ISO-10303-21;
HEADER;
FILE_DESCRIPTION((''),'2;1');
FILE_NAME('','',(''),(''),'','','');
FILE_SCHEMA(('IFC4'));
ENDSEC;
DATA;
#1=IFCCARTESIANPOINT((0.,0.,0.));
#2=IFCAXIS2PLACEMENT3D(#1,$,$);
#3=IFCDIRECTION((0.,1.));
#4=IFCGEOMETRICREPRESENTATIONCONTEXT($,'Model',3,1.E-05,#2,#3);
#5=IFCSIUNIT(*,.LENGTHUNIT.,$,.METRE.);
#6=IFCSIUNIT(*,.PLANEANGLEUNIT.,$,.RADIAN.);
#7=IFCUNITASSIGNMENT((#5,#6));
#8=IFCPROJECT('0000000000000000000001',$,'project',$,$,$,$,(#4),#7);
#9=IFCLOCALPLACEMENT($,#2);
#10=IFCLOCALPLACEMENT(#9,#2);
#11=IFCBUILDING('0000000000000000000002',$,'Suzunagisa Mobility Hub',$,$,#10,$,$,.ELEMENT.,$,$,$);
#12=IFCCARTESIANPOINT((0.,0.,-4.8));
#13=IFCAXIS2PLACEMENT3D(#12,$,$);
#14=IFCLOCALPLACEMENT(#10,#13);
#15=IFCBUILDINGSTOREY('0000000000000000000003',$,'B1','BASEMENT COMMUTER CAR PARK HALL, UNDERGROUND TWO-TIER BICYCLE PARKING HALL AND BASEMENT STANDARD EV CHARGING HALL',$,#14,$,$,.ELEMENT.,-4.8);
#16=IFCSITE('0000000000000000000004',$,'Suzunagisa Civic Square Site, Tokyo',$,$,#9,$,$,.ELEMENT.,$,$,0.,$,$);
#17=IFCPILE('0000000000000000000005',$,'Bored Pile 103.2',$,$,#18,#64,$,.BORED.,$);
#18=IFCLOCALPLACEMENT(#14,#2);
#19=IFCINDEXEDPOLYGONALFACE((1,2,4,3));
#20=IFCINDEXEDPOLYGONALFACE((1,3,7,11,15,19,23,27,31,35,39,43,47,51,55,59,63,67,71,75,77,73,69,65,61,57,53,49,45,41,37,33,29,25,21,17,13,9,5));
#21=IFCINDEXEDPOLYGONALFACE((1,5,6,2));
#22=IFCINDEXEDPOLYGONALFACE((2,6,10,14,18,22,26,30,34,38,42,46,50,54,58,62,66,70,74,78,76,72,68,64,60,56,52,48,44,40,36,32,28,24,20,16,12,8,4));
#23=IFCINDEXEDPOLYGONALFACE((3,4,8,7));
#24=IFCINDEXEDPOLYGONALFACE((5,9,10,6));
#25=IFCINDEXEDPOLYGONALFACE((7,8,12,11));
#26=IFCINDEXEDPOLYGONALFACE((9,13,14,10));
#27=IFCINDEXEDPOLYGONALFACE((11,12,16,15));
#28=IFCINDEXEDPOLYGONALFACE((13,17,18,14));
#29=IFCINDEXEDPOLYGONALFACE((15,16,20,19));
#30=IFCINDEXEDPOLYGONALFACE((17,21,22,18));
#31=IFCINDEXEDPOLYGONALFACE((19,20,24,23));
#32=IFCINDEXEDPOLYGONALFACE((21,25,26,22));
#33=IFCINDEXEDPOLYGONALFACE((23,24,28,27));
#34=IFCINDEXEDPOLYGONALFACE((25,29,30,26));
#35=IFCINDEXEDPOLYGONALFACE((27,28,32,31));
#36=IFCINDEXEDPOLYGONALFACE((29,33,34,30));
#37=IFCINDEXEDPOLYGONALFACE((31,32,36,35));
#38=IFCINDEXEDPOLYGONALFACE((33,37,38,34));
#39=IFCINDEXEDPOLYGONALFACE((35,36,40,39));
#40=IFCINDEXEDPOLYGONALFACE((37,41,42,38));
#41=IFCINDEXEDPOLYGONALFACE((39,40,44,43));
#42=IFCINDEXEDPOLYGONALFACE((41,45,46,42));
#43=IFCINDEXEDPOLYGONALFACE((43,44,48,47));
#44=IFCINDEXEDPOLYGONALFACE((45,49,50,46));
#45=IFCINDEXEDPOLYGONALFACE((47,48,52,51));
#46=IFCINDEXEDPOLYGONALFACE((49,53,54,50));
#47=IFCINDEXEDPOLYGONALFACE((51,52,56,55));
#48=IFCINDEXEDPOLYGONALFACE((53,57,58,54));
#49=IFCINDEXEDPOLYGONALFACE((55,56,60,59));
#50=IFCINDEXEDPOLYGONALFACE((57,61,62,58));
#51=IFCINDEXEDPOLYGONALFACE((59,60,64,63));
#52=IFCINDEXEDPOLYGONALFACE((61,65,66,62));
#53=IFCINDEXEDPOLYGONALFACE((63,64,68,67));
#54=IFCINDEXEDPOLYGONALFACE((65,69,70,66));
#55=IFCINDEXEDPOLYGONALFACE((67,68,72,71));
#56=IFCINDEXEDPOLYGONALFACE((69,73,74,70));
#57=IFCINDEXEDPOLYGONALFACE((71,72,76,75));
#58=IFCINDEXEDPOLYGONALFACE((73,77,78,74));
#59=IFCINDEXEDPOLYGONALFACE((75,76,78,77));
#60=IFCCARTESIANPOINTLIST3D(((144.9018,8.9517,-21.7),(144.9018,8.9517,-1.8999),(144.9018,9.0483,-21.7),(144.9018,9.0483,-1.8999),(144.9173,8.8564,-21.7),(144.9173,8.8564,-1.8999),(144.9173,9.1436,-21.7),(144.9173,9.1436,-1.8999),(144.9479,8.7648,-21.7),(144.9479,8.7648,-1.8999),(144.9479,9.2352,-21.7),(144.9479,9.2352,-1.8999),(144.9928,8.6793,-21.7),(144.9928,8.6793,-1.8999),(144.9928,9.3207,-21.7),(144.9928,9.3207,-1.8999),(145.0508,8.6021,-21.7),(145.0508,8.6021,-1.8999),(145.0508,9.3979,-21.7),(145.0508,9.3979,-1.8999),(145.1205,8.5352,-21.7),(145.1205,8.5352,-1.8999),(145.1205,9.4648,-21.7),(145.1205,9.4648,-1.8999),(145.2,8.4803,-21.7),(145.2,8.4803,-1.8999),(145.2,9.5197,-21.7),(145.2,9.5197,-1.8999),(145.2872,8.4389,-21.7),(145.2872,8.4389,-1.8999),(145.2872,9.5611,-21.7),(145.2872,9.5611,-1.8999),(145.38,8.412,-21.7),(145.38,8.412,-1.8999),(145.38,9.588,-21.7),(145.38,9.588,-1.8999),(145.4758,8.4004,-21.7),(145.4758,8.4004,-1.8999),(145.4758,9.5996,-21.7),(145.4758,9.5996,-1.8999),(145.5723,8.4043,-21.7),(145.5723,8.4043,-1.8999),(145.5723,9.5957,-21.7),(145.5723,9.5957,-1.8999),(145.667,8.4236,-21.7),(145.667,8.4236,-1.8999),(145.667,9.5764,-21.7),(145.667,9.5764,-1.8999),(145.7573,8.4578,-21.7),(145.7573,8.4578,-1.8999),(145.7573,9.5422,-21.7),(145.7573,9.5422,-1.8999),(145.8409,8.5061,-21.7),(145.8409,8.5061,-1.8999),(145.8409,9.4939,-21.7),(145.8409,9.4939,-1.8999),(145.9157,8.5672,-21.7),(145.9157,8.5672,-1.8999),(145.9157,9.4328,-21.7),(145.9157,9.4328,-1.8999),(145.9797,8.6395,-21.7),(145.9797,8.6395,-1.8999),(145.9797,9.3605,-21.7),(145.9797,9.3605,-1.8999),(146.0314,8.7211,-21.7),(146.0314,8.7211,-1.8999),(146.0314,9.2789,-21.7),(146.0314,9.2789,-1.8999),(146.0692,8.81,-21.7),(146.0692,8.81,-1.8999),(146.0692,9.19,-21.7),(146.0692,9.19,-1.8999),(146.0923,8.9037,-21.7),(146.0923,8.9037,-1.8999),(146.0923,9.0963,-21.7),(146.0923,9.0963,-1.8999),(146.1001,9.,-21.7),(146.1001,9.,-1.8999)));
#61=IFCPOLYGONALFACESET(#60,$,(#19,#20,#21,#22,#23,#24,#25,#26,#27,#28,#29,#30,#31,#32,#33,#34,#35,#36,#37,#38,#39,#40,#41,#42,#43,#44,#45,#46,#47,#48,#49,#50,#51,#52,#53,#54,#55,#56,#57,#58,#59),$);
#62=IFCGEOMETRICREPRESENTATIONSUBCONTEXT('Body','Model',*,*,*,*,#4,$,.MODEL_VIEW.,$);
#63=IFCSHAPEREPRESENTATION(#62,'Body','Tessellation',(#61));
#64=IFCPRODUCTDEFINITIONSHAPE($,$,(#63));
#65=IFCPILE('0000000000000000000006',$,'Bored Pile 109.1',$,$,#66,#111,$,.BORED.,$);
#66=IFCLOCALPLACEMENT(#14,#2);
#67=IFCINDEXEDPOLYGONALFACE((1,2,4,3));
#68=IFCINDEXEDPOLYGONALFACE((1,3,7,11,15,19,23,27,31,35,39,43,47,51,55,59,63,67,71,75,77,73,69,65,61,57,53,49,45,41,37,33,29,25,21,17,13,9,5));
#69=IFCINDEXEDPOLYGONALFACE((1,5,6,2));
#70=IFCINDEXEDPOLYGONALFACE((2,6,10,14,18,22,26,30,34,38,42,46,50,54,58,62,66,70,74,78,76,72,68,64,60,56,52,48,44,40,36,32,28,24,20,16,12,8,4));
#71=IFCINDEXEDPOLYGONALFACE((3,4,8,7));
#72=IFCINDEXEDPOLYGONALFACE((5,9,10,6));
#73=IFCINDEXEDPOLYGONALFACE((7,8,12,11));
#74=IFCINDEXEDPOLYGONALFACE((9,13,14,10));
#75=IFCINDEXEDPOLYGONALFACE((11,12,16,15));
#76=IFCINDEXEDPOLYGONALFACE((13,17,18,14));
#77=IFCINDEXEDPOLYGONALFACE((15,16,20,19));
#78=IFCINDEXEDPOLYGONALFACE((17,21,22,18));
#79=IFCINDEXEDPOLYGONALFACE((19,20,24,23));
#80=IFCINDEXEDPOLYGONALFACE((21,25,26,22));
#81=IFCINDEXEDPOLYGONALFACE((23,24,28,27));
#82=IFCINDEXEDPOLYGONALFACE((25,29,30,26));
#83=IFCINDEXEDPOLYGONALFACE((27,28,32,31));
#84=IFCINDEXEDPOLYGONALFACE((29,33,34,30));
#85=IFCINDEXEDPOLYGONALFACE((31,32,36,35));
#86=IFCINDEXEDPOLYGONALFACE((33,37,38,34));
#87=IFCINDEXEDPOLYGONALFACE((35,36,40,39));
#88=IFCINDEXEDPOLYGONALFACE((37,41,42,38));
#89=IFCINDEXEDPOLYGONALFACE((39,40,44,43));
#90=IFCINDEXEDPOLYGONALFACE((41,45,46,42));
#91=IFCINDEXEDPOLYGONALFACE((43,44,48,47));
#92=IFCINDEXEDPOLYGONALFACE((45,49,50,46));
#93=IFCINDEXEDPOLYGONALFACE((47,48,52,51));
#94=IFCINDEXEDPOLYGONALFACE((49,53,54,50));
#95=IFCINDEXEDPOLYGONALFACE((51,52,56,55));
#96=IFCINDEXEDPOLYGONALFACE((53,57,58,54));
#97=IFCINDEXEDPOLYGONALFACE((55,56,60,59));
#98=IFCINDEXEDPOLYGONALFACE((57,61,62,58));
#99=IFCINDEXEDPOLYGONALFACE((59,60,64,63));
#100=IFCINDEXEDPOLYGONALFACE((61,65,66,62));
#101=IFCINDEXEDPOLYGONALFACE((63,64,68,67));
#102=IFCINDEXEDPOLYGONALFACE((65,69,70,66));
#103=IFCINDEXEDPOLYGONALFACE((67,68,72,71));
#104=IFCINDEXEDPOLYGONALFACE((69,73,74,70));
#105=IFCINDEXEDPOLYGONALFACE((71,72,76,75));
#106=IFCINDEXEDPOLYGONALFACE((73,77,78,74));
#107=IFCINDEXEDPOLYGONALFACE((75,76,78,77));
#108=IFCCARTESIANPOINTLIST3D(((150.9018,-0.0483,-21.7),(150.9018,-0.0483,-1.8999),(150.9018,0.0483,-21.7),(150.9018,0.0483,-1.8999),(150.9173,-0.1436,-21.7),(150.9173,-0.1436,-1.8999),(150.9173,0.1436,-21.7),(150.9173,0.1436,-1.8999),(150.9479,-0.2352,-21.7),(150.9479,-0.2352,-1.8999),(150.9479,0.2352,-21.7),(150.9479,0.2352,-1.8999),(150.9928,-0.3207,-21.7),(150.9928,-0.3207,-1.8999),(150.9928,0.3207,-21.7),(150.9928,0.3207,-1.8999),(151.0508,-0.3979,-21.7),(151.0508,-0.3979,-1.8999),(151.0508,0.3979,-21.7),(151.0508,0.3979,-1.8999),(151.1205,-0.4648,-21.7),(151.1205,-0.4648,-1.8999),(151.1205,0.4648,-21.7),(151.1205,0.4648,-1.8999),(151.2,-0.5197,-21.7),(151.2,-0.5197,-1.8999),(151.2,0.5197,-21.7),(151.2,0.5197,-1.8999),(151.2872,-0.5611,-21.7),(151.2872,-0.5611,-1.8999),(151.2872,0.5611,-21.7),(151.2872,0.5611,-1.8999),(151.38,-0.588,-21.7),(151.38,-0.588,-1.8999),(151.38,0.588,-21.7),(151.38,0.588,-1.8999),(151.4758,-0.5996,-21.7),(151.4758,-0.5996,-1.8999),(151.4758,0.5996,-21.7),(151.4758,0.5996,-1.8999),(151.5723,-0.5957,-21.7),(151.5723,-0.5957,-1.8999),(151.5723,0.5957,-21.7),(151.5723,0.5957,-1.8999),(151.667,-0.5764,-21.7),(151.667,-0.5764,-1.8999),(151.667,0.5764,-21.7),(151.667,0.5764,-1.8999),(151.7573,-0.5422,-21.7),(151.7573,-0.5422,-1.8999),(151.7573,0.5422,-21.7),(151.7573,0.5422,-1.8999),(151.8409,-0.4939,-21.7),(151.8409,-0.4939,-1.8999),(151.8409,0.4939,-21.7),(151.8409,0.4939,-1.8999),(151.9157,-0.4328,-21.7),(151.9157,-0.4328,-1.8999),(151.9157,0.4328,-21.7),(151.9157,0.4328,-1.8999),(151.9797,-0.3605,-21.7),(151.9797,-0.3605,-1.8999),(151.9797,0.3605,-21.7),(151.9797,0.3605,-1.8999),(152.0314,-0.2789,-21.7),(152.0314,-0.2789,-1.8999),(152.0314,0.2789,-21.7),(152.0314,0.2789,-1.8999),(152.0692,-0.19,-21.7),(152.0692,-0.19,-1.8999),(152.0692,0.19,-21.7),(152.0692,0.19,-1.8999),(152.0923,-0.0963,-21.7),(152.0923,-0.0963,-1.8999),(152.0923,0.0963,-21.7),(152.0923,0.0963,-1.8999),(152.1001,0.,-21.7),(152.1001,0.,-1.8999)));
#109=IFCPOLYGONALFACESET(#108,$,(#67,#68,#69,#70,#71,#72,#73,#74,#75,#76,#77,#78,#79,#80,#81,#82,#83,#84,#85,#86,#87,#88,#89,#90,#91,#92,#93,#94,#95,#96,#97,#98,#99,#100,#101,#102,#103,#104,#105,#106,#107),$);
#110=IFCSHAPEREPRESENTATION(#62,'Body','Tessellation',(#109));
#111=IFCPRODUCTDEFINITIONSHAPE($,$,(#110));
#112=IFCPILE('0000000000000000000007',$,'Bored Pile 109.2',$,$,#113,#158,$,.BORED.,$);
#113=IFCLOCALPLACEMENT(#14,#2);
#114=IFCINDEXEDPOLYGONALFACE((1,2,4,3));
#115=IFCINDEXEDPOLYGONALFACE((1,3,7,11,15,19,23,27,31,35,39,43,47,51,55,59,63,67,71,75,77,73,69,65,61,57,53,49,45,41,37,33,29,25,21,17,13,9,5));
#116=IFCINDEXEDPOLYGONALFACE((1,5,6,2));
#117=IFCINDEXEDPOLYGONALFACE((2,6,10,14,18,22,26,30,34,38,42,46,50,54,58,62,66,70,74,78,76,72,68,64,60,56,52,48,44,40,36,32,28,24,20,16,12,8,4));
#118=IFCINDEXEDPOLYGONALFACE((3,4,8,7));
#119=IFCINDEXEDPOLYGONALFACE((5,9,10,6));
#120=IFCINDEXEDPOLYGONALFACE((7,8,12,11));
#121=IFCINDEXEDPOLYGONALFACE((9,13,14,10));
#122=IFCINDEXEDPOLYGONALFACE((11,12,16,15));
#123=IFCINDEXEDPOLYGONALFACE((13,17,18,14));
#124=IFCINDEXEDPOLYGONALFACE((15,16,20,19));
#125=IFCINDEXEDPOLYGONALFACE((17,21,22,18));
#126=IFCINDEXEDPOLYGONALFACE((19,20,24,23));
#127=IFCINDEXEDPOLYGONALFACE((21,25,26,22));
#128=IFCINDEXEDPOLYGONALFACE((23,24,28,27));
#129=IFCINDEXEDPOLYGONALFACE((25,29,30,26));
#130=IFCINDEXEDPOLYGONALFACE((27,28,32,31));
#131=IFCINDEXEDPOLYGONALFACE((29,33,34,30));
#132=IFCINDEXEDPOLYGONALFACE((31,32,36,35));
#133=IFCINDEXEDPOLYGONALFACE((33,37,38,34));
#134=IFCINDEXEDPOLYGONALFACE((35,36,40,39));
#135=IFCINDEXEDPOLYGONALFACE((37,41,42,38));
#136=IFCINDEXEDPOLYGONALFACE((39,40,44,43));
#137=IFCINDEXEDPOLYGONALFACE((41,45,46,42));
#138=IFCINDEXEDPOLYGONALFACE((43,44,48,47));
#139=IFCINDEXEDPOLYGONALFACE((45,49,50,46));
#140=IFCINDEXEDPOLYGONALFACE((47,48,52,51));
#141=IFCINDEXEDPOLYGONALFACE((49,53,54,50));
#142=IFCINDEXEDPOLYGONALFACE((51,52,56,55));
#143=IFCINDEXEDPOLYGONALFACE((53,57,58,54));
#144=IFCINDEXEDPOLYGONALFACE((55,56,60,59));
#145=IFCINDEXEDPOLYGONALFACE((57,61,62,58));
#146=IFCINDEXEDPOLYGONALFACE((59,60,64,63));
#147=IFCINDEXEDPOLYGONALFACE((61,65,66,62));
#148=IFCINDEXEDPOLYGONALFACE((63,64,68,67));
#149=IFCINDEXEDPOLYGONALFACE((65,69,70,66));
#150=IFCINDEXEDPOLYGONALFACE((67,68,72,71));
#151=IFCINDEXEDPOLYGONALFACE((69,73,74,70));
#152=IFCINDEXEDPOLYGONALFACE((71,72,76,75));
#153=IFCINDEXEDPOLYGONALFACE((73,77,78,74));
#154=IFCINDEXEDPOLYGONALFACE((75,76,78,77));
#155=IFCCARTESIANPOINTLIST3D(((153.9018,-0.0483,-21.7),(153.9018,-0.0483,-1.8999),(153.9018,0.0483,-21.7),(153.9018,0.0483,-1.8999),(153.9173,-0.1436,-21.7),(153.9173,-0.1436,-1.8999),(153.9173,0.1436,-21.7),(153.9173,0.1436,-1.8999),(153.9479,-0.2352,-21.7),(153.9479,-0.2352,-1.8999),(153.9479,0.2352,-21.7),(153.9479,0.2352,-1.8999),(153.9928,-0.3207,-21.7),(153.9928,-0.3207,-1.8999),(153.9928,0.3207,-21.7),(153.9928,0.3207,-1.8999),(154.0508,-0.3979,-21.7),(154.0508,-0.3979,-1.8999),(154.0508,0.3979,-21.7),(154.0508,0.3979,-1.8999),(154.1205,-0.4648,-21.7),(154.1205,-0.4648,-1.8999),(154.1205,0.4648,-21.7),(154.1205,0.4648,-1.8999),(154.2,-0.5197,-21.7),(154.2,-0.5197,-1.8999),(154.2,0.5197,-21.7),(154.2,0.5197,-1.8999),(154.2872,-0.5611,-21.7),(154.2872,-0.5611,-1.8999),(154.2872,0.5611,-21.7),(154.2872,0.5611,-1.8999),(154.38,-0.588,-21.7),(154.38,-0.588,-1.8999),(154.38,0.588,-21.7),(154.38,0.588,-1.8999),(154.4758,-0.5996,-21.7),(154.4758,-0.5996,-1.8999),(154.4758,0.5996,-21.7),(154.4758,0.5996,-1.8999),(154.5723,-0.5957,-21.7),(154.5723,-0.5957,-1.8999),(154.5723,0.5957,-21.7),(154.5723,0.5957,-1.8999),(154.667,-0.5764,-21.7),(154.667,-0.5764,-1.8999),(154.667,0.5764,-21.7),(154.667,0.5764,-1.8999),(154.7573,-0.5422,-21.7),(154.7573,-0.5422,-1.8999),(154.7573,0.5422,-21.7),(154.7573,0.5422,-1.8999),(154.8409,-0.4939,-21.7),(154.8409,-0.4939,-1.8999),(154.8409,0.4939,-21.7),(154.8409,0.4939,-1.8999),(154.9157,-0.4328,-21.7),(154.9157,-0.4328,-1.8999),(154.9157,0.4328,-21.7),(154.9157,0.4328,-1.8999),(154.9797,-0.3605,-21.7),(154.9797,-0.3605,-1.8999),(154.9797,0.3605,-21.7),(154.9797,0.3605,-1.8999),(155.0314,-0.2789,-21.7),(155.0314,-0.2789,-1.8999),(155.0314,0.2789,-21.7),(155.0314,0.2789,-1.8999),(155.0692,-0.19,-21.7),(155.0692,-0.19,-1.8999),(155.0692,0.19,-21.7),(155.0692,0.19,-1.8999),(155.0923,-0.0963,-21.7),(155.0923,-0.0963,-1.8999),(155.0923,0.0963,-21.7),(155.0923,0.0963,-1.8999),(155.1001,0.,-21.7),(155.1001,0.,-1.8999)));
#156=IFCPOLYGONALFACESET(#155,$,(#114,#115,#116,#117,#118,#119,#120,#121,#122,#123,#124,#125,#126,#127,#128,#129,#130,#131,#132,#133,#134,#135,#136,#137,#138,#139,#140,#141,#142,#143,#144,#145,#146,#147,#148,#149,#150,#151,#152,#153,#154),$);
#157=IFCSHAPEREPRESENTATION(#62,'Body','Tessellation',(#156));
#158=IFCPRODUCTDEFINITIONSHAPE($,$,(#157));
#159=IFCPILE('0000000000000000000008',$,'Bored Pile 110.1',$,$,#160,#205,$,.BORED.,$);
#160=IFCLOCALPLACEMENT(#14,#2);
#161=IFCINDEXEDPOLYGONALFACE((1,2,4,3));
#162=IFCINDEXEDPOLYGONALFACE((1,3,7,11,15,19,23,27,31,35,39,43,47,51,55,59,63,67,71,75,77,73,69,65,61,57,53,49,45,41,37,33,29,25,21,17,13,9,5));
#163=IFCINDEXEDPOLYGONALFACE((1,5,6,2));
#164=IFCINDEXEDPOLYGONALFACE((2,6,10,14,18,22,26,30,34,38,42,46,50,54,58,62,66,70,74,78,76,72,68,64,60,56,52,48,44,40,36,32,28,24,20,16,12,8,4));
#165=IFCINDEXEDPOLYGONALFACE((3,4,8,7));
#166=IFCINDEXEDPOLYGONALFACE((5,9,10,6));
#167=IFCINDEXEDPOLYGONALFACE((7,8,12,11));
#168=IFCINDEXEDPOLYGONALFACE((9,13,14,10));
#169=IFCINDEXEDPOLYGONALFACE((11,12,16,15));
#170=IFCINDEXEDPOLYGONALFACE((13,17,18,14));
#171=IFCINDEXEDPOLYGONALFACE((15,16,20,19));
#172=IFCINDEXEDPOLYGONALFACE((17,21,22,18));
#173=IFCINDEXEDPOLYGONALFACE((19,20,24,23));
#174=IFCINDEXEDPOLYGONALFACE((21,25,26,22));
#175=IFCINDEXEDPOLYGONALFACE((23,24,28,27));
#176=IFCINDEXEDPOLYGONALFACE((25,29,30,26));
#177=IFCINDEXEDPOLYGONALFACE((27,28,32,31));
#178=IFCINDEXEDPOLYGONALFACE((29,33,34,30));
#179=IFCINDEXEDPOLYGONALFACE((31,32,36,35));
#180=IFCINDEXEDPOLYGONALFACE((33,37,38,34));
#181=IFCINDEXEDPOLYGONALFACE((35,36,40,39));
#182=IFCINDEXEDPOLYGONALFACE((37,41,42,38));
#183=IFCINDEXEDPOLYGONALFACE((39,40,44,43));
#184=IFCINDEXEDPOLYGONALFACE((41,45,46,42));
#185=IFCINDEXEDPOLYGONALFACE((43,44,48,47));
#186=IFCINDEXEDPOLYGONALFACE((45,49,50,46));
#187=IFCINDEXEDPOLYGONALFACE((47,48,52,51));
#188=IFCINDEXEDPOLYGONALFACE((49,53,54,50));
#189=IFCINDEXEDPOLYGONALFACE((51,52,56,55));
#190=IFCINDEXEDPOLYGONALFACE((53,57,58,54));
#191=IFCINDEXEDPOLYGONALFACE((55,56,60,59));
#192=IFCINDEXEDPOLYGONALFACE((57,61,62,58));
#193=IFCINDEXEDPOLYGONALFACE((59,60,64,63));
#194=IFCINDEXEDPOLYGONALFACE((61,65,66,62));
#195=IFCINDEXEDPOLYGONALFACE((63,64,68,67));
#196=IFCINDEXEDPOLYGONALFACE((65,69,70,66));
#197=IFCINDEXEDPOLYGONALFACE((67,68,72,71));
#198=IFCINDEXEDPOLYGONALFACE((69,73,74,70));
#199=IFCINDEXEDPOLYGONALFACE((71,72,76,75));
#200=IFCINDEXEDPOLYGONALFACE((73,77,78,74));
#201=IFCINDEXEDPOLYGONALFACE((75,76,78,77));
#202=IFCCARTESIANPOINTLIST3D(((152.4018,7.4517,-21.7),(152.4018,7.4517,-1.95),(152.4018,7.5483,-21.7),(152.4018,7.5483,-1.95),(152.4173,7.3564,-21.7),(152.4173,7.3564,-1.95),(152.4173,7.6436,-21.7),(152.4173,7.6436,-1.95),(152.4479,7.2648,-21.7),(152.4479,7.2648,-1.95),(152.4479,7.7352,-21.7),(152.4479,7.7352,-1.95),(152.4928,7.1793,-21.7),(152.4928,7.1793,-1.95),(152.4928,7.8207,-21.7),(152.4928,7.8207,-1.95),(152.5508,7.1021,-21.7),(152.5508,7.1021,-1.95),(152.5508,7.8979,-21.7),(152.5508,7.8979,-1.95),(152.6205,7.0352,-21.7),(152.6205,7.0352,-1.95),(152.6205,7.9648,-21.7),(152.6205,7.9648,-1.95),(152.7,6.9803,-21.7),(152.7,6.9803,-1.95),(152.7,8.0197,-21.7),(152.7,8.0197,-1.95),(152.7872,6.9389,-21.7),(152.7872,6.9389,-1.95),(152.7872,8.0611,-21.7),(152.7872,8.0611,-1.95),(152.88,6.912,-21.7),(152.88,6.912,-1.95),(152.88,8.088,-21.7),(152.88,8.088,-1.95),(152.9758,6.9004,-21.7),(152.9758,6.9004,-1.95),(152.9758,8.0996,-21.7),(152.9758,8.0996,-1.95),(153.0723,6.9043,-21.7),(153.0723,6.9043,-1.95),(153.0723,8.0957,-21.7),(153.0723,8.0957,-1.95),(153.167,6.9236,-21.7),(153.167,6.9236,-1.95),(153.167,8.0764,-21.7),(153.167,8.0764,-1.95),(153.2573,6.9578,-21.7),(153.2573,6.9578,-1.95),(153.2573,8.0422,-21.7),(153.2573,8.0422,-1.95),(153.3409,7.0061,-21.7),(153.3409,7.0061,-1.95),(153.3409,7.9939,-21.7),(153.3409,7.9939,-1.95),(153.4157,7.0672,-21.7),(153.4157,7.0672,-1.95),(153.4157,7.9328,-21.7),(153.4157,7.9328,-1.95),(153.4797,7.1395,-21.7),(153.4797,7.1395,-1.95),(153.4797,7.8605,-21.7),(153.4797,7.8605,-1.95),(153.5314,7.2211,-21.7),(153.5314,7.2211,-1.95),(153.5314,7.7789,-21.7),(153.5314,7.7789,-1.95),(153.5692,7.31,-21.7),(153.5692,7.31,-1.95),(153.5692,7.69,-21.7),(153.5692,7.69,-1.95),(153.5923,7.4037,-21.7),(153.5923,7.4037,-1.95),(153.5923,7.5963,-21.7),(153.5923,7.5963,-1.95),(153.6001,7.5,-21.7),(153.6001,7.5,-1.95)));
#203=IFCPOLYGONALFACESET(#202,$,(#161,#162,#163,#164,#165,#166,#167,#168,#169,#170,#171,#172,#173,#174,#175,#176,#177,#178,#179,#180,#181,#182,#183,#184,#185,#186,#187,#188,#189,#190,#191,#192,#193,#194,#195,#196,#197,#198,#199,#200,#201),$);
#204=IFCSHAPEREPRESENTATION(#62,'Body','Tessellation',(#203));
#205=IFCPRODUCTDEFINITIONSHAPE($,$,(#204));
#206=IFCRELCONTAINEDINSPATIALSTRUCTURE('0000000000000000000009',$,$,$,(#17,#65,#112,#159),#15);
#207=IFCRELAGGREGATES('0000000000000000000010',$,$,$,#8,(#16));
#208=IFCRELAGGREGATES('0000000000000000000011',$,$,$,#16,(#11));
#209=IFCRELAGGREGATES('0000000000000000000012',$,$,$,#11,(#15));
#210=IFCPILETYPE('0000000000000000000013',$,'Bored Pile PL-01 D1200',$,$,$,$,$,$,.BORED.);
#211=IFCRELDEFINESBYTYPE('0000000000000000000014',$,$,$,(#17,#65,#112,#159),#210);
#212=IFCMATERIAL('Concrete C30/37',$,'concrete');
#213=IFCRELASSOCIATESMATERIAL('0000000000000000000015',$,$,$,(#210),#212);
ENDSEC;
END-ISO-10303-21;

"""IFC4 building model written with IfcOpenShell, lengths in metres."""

from ifc_helpers import new_model, si_unit, direction, frame, origin, origin_2d, place, context, subcontext, project, spatial, circle, extrude, material, material_profile, profile_set, type_object, element, save


model = new_model("IFC4")

# Units and contexts
model_context = context("Model", 3, precision=1e-05, world=origin(), true_north=direction((0.0, 1.0)))
body_context = subcontext(model_context, "Body", "Model", "MODEL_VIEW")
ifc_project = project(units=[si_unit("LENGTHUNIT", "METRE"), si_unit("PLANEANGLEUNIT", "RADIAN")], contexts=[model_context])

# Site, building, storey
site_placement = place(None, origin())
site = spatial("IfcSite", under=ifc_project, at=site_placement, Name="Suzunagisa Civic Square Site, Tokyo", CompositionType="ELEMENT", RefElevation=0.0)
building_placement = place(site_placement, origin())
building = spatial("IfcBuilding", under=site, at=building_placement, Name="Suzunagisa Mobility Hub", CompositionType="ELEMENT")
storey_placement = place(building_placement, frame((0.0, 0.0, -4.8)))
storey = spatial("IfcBuildingStorey", under=building, at=storey_placement, Name="B1", Description="BASEMENT COMMUTER CAR PARK HALL, UNDERGROUND TWO-TIER BICYCLE PARKING HALL AND BASEMENT STANDARD EV CHARGING HALL", CompositionType="ELEMENT", Elevation=-4.8)

# Piles
ifc_material_1 = material(Name="Concrete C30/37", Category="concrete")
ifc_material_profile_1 = material_profile(ifc_material_1, circle(Radius=0.6001, at=origin_2d()), Name="BORED PILE D1200")
ifc_profile_set_1 = profile_set([ifc_material_profile_1], Name="Concrete C30/37")
pile_type = type_object("IfcPileType", Name="Bored Pile PL-01 D1200", PredefinedType="BORED", material=ifc_profile_set_1)
for number, where, z_axis, x_axis, name in (
    (1, (145.5, 9.0, -1.8999), (0.0, 0.0, -1.0), (1.0, 0.0, 0.0), "Bored Pile 103.2"),
    (2, (151.5, 0.0, -1.8999), (0.0, 0.0, -1.0), (1.0, 0.0, 0.0), "Bored Pile 109.1"),
    (3, (154.5, 0.0, -1.8999), (0.0, 0.0, -1.0), (1.0, 0.0, 0.0), "Bored Pile 109.2"),
):
    element("IfcPile", number, at=place(storey_placement, frame(where, z_axis=z_axis, x_axis=x_axis)), inside=storey, type_object=pile_type, Name=name, PredefinedType="BORED", context=body_context, shape_type="SweptSolid", body=[
        extrude(circle(Radius=0.6001, at=origin_2d()), origin(), (0.0, 0.0, 1.0), 19.8),
    ])
for number, where, z_axis, x_axis, name in (
    (4, (153.0, 7.5, -1.95), (0.0, 0.0, -1.0), (1.0, 0.0, 0.0), "Bored Pile 110.1"),
):
    element("IfcPile", number, at=place(storey_placement, frame(where, z_axis=z_axis, x_axis=x_axis)), inside=storey, type_object=pile_type, Name=name, PredefinedType="BORED", context=body_context, shape_type="SweptSolid", body=[
        extrude(circle(Radius=0.6001, at=origin_2d()), origin(), (0.0, 0.0, 1.0), 19.75),
    ])

save(model, "model.ifc")
